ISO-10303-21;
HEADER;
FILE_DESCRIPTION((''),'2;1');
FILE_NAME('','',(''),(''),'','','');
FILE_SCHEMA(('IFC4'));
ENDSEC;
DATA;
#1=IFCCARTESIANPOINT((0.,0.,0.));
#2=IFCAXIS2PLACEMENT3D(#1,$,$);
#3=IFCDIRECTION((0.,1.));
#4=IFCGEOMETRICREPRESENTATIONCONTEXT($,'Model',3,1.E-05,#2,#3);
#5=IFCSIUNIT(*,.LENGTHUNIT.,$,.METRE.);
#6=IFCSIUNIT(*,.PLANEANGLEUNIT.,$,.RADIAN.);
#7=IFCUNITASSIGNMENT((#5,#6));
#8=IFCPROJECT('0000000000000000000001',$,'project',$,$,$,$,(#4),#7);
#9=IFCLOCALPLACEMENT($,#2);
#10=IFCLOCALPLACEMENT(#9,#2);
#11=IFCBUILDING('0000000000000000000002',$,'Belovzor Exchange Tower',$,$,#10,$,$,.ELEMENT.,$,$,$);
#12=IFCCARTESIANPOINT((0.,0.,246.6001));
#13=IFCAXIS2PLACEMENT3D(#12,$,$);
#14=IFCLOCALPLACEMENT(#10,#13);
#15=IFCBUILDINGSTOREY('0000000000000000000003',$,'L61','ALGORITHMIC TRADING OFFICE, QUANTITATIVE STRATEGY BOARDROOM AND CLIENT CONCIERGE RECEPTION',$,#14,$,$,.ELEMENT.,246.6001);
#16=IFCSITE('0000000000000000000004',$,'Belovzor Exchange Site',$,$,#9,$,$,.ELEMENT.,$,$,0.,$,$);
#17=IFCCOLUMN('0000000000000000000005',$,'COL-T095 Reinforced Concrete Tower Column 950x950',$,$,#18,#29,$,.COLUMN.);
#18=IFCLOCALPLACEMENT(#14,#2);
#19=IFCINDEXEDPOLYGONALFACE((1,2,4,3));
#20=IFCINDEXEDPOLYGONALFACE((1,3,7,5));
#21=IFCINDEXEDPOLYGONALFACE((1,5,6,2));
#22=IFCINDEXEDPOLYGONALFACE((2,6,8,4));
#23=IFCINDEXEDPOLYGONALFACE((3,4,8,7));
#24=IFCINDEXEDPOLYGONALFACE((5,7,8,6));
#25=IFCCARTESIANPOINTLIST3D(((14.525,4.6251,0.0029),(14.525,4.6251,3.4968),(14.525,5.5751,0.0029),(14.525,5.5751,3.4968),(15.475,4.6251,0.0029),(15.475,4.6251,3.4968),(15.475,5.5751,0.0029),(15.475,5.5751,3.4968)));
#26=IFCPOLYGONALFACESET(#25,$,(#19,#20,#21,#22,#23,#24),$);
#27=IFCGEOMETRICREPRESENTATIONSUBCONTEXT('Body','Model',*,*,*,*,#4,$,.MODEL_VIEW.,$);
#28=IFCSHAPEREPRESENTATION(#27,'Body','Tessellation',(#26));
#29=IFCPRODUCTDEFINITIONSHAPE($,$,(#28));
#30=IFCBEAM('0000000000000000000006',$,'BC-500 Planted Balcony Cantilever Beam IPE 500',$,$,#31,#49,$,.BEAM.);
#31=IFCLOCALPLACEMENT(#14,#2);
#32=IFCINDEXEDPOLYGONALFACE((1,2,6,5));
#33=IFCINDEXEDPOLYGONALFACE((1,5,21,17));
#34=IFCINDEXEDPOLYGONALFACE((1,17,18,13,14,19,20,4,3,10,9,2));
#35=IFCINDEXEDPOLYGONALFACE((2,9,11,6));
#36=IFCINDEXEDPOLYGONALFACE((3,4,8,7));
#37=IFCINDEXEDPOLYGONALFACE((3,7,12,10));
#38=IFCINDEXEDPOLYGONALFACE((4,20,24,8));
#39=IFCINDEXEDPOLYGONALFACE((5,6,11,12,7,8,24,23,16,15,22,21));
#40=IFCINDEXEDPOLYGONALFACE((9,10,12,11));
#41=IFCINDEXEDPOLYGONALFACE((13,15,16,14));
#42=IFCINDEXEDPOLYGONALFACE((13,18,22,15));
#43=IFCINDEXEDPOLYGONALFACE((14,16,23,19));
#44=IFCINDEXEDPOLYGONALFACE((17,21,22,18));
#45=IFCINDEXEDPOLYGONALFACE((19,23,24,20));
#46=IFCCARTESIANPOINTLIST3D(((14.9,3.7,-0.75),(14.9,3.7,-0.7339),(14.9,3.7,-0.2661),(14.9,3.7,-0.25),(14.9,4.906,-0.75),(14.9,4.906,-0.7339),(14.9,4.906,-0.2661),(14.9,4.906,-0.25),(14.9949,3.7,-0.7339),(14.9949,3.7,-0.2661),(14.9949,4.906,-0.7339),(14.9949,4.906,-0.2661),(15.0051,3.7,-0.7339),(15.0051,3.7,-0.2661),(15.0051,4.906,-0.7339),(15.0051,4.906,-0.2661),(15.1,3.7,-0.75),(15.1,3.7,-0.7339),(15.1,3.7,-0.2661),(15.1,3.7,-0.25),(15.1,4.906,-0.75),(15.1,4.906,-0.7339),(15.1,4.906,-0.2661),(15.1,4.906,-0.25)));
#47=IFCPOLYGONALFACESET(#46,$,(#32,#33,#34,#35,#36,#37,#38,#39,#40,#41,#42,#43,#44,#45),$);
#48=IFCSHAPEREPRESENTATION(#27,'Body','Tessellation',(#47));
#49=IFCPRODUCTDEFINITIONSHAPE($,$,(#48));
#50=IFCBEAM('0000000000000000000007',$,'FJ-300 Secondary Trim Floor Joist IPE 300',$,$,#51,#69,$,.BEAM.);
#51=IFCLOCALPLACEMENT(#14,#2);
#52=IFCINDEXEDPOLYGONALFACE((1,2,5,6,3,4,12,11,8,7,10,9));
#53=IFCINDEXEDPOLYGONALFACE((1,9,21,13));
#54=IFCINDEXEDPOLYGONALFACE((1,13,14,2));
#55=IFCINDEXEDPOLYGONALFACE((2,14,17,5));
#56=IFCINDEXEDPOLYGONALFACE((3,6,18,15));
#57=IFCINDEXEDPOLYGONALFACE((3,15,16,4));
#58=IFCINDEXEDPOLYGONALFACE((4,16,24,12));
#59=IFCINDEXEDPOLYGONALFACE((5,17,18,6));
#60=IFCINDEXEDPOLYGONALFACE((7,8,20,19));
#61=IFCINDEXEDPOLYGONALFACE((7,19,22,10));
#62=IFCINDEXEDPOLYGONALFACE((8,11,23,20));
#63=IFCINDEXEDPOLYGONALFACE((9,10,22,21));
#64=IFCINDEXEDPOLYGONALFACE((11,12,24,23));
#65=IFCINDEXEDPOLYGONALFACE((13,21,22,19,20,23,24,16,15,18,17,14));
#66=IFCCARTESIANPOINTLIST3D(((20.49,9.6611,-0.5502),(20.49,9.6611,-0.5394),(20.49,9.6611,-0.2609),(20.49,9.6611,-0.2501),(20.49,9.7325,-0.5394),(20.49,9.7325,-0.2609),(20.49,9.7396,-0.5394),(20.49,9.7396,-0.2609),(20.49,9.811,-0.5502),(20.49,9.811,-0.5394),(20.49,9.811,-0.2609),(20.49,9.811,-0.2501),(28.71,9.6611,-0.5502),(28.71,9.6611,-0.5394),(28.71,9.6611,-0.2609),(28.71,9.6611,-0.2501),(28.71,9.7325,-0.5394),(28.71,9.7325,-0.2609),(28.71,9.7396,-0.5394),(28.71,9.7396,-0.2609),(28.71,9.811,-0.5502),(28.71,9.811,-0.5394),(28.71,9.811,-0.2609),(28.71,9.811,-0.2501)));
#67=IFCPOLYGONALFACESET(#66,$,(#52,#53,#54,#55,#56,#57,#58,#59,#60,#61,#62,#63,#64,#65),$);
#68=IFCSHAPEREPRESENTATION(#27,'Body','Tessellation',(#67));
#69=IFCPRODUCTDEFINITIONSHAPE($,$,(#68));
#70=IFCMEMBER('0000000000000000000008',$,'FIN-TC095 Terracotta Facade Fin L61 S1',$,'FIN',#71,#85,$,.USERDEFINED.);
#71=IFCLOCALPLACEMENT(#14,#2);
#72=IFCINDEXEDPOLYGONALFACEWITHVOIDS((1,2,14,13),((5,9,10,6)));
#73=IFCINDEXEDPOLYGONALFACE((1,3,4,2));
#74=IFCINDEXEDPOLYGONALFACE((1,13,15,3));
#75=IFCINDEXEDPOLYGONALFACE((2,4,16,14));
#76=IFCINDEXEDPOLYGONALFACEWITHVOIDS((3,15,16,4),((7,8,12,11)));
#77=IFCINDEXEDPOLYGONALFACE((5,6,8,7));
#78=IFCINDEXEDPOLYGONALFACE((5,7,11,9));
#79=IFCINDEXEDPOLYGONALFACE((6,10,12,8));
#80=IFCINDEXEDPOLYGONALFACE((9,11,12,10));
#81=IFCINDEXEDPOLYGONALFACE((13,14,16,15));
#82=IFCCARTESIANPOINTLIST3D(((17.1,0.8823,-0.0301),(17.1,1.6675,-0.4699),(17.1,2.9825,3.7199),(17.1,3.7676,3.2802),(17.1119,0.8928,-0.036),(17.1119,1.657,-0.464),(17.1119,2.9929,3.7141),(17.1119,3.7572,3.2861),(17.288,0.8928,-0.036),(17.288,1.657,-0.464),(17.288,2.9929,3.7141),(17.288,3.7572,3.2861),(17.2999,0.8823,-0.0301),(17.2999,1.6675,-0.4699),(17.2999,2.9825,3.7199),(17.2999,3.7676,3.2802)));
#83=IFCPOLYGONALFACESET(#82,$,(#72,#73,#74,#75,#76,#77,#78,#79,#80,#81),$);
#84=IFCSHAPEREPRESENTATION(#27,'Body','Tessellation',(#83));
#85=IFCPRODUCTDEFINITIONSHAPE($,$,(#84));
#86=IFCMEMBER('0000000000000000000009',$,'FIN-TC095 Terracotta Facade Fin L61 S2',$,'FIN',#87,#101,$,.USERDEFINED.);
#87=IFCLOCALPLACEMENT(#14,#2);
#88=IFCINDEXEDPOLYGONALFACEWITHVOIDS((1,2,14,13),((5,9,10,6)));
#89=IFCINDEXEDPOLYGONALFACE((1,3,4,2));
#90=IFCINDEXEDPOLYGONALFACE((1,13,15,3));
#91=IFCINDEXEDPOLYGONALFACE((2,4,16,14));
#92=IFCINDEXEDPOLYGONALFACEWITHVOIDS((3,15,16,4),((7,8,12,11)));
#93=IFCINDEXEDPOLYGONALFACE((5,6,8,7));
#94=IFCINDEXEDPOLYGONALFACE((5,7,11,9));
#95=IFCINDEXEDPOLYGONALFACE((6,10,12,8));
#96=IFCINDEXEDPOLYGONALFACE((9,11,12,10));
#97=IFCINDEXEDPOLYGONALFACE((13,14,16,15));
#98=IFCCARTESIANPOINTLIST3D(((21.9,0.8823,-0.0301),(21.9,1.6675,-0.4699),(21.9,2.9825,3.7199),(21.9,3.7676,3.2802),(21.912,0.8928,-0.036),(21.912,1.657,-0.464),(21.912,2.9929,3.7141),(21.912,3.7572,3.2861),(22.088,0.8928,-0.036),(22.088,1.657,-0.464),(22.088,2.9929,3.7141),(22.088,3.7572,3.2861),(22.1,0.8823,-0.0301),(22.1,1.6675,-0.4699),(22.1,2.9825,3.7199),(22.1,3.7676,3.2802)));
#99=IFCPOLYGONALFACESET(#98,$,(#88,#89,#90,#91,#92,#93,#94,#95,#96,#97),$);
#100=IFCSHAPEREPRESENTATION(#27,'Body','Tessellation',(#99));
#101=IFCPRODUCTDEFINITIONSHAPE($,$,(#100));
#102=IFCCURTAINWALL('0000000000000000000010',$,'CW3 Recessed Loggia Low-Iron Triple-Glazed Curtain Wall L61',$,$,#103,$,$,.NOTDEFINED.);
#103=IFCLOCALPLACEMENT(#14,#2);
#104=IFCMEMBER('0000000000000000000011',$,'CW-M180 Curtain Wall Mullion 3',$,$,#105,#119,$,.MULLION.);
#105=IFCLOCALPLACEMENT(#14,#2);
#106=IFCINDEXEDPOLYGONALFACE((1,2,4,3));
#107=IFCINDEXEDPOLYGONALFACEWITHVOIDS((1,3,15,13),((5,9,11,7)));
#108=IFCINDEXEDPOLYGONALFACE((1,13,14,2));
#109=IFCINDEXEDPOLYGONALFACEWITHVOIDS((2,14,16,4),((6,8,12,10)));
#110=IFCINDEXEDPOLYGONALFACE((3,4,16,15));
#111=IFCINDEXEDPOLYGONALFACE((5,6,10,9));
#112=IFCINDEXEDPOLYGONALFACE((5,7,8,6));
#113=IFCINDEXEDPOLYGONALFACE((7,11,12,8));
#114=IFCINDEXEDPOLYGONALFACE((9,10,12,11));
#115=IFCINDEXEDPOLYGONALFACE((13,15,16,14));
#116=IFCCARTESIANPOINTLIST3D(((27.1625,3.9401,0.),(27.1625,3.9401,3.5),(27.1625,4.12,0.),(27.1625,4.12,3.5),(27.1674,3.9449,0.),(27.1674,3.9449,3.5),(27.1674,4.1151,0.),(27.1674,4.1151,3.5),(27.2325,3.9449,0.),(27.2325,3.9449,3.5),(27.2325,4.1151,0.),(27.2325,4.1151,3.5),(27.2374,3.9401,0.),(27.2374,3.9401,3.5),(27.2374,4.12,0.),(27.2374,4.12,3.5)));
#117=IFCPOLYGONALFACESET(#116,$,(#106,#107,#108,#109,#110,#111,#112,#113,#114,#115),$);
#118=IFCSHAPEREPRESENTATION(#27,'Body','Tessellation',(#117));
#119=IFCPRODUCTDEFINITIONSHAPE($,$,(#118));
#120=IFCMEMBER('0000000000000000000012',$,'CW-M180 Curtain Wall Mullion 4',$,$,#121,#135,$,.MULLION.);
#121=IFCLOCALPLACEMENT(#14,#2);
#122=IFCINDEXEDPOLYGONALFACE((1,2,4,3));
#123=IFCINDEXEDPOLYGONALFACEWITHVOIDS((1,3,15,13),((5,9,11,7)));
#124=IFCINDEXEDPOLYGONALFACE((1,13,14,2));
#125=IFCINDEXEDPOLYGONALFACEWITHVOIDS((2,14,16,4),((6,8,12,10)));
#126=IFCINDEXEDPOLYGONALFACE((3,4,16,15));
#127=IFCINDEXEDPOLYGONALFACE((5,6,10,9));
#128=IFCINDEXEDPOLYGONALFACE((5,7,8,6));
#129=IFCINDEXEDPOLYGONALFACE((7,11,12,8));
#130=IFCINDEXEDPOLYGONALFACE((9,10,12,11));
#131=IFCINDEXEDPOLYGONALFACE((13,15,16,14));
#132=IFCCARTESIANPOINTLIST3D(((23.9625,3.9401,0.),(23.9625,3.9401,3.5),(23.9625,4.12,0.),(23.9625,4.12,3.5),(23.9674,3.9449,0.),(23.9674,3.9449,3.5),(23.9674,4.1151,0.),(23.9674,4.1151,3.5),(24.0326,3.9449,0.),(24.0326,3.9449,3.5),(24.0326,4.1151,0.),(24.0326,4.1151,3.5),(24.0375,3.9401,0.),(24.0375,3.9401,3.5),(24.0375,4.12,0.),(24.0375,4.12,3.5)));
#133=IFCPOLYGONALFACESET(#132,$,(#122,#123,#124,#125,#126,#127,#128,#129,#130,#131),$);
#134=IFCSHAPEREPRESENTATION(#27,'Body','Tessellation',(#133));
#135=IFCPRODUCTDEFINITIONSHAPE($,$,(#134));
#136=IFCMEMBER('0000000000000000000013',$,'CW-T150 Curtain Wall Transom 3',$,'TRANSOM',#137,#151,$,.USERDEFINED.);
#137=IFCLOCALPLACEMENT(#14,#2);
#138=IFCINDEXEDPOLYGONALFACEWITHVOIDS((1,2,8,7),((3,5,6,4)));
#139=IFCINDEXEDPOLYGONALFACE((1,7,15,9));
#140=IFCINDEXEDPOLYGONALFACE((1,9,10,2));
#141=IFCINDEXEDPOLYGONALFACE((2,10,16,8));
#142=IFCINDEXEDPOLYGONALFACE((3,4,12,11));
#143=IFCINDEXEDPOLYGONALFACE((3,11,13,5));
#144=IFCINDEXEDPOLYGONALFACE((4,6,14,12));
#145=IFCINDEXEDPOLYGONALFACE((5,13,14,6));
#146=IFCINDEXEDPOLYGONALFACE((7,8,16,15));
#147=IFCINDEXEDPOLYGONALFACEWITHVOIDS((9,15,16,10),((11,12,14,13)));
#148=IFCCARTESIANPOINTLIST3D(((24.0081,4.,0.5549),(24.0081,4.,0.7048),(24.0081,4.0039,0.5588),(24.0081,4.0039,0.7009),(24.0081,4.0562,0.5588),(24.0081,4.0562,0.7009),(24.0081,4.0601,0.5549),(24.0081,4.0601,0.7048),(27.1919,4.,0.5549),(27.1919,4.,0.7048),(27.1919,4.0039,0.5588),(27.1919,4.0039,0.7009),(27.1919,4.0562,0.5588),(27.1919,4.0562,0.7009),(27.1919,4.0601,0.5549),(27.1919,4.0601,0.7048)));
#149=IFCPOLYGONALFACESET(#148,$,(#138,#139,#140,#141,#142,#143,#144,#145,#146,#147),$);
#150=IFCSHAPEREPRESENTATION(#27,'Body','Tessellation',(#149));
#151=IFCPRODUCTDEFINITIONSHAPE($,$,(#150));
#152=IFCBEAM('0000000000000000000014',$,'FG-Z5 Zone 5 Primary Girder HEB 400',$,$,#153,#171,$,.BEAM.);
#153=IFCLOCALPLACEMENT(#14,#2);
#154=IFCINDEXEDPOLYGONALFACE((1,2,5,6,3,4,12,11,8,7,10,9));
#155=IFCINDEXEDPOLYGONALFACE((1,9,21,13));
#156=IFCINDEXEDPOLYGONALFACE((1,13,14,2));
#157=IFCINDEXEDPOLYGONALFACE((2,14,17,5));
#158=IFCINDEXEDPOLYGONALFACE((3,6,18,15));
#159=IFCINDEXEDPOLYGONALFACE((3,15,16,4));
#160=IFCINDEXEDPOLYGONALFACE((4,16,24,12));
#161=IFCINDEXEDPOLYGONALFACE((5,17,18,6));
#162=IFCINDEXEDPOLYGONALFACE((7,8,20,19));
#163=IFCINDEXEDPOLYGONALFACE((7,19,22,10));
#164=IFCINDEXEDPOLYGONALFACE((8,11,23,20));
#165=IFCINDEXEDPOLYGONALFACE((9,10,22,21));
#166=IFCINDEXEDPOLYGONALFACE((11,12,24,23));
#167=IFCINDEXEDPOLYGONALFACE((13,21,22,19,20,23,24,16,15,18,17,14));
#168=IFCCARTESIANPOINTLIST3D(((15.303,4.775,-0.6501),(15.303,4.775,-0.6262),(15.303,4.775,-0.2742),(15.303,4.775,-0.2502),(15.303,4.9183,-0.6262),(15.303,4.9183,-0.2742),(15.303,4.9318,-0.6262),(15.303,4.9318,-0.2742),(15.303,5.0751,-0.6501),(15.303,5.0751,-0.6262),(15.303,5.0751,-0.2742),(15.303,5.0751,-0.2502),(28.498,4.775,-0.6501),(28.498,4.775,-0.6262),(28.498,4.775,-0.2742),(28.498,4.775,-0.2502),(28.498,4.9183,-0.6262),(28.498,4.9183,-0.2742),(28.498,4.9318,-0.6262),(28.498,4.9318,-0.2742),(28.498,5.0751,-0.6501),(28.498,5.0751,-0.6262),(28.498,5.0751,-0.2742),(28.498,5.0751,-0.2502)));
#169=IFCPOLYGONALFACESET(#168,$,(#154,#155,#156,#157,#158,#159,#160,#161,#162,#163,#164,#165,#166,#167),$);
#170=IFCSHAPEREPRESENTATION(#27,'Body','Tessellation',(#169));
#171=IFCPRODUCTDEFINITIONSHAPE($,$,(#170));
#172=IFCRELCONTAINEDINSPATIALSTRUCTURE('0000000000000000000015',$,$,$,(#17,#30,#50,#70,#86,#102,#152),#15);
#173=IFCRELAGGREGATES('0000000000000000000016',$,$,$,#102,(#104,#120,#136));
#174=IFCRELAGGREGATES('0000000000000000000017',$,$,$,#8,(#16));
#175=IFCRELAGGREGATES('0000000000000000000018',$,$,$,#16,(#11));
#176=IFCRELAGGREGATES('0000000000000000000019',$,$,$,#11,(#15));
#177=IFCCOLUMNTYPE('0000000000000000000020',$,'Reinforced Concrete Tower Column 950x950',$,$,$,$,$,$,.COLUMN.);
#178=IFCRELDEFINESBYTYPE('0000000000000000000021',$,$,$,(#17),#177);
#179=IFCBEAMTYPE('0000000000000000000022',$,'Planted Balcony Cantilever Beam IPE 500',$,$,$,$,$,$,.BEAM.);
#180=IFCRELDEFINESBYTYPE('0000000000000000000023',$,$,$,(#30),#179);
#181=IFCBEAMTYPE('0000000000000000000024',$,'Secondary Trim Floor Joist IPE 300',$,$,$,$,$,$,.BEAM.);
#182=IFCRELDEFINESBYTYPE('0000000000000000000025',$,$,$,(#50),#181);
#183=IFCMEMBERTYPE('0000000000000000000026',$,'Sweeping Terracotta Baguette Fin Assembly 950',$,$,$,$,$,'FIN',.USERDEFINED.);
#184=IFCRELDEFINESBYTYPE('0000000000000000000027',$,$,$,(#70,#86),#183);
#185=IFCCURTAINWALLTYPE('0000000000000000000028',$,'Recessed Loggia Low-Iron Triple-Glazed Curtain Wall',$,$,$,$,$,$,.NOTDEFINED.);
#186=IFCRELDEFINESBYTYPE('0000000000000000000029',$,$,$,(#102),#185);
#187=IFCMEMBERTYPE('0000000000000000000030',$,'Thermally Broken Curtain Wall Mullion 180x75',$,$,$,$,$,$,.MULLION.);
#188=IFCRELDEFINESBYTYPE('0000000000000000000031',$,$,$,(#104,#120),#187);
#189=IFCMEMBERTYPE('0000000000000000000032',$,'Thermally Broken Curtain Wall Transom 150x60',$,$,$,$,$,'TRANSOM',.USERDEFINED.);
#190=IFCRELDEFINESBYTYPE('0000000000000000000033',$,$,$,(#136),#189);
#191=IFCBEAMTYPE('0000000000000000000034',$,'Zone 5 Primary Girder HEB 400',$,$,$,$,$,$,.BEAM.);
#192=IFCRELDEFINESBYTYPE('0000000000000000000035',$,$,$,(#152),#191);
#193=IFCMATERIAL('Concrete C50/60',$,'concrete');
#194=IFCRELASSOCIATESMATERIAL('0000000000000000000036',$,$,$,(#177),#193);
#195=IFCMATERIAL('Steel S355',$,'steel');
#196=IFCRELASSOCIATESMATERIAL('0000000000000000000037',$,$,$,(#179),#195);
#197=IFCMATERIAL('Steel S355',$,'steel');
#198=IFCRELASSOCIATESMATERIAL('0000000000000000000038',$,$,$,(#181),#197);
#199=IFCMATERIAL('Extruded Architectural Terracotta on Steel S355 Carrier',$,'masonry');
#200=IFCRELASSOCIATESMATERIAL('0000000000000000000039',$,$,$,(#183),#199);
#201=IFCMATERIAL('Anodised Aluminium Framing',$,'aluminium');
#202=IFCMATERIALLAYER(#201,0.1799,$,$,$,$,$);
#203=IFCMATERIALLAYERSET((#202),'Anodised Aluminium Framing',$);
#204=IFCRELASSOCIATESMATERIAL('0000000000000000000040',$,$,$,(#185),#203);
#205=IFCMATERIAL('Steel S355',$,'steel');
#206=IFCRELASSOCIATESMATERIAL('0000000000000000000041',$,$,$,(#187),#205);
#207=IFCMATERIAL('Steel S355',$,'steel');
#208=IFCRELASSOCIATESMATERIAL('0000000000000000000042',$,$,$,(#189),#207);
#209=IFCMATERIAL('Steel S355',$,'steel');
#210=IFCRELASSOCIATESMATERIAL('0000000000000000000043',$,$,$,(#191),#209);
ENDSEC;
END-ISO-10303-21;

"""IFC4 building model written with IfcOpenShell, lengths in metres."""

from ifc_helpers import new_model, si_unit, direction, frame, origin, origin_2d, place, context, subcontext, project, spatial, rectangle, hollow_rectangle, i_section, extrude, material, layer, layer_set, material_profile, profile_set, type_object, element, aggregate, save


model = new_model("IFC4")

# Units and contexts
model_context = context("Model", 3, precision=1e-05, world=origin(), true_north=direction((0.0, 1.0)))
body_context = subcontext(model_context, "Body", "Model", "MODEL_VIEW")
ifc_project = project(units=[si_unit("LENGTHUNIT", "METRE"), si_unit("PLANEANGLEUNIT", "RADIAN")], contexts=[model_context])

# Site, building, storey
site_placement = place(None, origin())
site = spatial("IfcSite", under=ifc_project, at=site_placement, Name="Belovzor Exchange Site", CompositionType="ELEMENT", RefElevation=0.0)
building_placement = place(site_placement, origin())
building = spatial("IfcBuilding", under=site, at=building_placement, Name="Belovzor Exchange Tower", CompositionType="ELEMENT")
storey_placement = place(building_placement, frame((0.0, 0.0, 246.6001)))
storey = spatial("IfcBuildingStorey", under=building, at=storey_placement, Name="L61", Description="ALGORITHMIC TRADING OFFICE, QUANTITATIVE STRATEGY BOARDROOM AND CLIENT CONCIERGE RECEPTION", CompositionType="ELEMENT", Elevation=246.6001)

# Column
ifc_material_1 = material(Name="Concrete C50/60", Category="concrete")
ifc_material_profile_1 = material_profile(ifc_material_1, rectangle(XDim=0.95, YDim=0.95, at=origin_2d()))
ifc_profile_set_1 = profile_set([ifc_material_profile_1], Name="Concrete C50/60")
column_type = type_object("IfcColumnType", Name="Reinforced Concrete Tower Column 950x950", PredefinedType="COLUMN", material=ifc_profile_set_1)
column_placement = place(storey_placement, frame((15.0, 5.1001, 0.0029), z_axis=(0.0, 0.0, 1.0), x_axis=(1.0, 0.0, 0.0)))
element("IfcColumn", 1, at=column_placement, inside=storey, type_object=column_type, Name="COL-T095 Reinforced Concrete Tower Column 950x950", PredefinedType="COLUMN", context=body_context, shape_type="SweptSolid", body=[
    extrude(rectangle(XDim=0.95, YDim=0.95, at=origin_2d()), origin(), (0.0, 0.0, 1.0), 3.4939),
])

# Beams
ifc_material_2 = material(Name="Steel S355", Category="steel")
ifc_material_profile_2 = material_profile(ifc_material_2, i_section(OverallWidth=0.2, OverallDepth=0.5, WebThickness=0.0103, FlangeThickness=0.0161, at=origin_2d()))
ifc_profile_set_2 = profile_set([ifc_material_profile_2], Name="Steel S355")
beam_type_1 = type_object("IfcBeamType", Name="Planted Balcony Cantilever Beam IPE 500", PredefinedType="BEAM", material=ifc_profile_set_2)
beam_1_placement = place(storey_placement, frame((15.0, 4.906, -0.5), z_axis=(0.0, -1.0, 0.0), x_axis=(1.0, 0.0, 0.0)))
element("IfcBeam", 2, at=beam_1_placement, inside=storey, type_object=beam_type_1, Name="BC-500 Planted Balcony Cantilever Beam IPE 500", PredefinedType="BEAM", context=body_context, shape_type="SweptSolid", body=[
    extrude(i_section(OverallWidth=0.2, OverallDepth=0.5, WebThickness=0.0103, FlangeThickness=0.0161, at=origin_2d()), origin(), (0.0, 0.0, 1.0), 1.2061),
])
ifc_material_3 = material(Name="Steel S355", Category="steel")
ifc_material_profile_3 = material_profile(ifc_material_3, i_section(OverallWidth=0.1499, OverallDepth=0.3, WebThickness=0.0071, FlangeThickness=0.0107, at=origin_2d()))
ifc_profile_set_3 = profile_set([ifc_material_profile_3], Name="Steel S355")
beam_type_2 = type_object("IfcBeamType", Name="Secondary Trim Floor Joist IPE 300", PredefinedType="BEAM", material=ifc_profile_set_3)
beam_2_placement = place(storey_placement, frame((20.49, 9.7361, -0.4001), z_axis=(1.0, 0.0, 0.0), x_axis=(0.0, 1.0, 0.0)))
element("IfcBeam", 3, at=beam_2_placement, inside=storey, type_object=beam_type_2, Name="FJ-300 Secondary Trim Floor Joist IPE 300", PredefinedType="BEAM", context=body_context, shape_type="SweptSolid", body=[
    extrude(i_section(OverallWidth=0.1499, OverallDepth=0.3, WebThickness=0.0071, FlangeThickness=0.0107, at=origin_2d()), origin(), (0.0, 0.0, 1.0), 8.22),
])

# Members
ifc_material_4 = material(Name="Extruded Architectural Terracotta on Steel S355 Carrier", Category="masonry")
ifc_material_profile_4 = material_profile(ifc_material_4, hollow_rectangle(XDim=0.2, YDim=0.8999, WallThickness=0.012, at=origin_2d()))
ifc_profile_set_4 = profile_set([ifc_material_profile_4], Name="Extruded Architectural Terracotta on Steel S355 Carrier")
member_type_1 = type_object("IfcMemberType", Name="Sweeping Terracotta Baguette Fin Assembly 950", ElementType="FIN", PredefinedType="USERDEFINED", material=ifc_profile_set_4)
for number, where, z_axis, x_axis, name in (
    (4, (17.2, 1.2749, -0.25), (0.0, 0.488621, 0.872496), (-1.0, 0.0, 0.0), "FIN-TC095 Terracotta Facade Fin L61 S1"),
    (5, (22.0, 1.2749, -0.25), (0.0, 0.488621, 0.872496), (-1.0, 0.0, 0.0), "FIN-TC095 Terracotta Facade Fin L61 S2"),
):
    element("IfcMember", number, at=place(storey_placement, frame(where, z_axis=z_axis, x_axis=x_axis)), inside=storey, type_object=member_type_1, Name=name, ObjectType="FIN", PredefinedType="USERDEFINED", context=body_context, shape_type="SweptSolid", body=[
        extrude(hollow_rectangle(XDim=0.2, YDim=0.8999, WallThickness=0.012, at=origin_2d()), origin(), (0.0, 0.0, 1.0), 4.2981),
    ])

# Curtain wall, members
ifc_material_5 = material(Name="Anodised Aluminium Framing", Category="aluminium")
ifc_layer_1 = layer(ifc_material_5, 0.1799)
ifc_layer_set_1 = layer_set([ifc_layer_1], Name="Anodised Aluminium Framing")
curtain_wall_type = type_object("IfcCurtainWallType", Name="Recessed Loggia Low-Iron Triple-Glazed Curtain Wall", PredefinedType="NOTDEFINED", material=ifc_layer_set_1)
curtain_wall_placement = place(storey_placement, origin())
curtain_wall = element("IfcCurtainWall", 6, at=curtain_wall_placement, inside=storey, type_object=curtain_wall_type, Name="CW3 Recessed Loggia Low-Iron Triple-Glazed Curtain Wall L61", PredefinedType="NOTDEFINED")
ifc_material_6 = material(Name="Steel S355", Category="steel")
ifc_material_profile_5 = material_profile(ifc_material_6, hollow_rectangle(XDim=0.075, YDim=0.1799, WallThickness=0.0049, at=origin_2d()))
ifc_profile_set_5 = profile_set([ifc_material_profile_5], Name="Steel S355")
member_type_2 = type_object("IfcMemberType", Name="Thermally Broken Curtain Wall Mullion 180x75", PredefinedType="MULLION", material=ifc_profile_set_5)
member_1_placement = place(storey_placement, frame((27.2, 4.03, 0.0), z_axis=(0.0, 0.0, 1.0), x_axis=(-1.0, 0.0, 0.0)))
member_1 = element("IfcMember", 7, at=member_1_placement, type_object=member_type_2, Name="CW-M180 Curtain Wall Mullion 3", PredefinedType="MULLION", context=body_context, shape_type="SweptSolid", body=[
    extrude(hollow_rectangle(XDim=0.075, YDim=0.1799, WallThickness=0.0049, at=origin_2d()), origin(), (0.0, 0.0, 1.0), 3.5),
])
member_2_placement = place(storey_placement, frame((24.0, 4.03, 0.0), z_axis=(0.0, 0.0, 1.0), x_axis=(-1.0, 0.0, 0.0)))
member_2 = element("IfcMember", 8, at=member_2_placement, type_object=member_type_2, Name="CW-M180 Curtain Wall Mullion 4", PredefinedType="MULLION", context=body_context, shape_type="SweptSolid", body=[
    extrude(hollow_rectangle(XDim=0.075, YDim=0.1799, WallThickness=0.0049, at=origin_2d()), origin(), (0.0, 0.0, 1.0), 3.5),
])
ifc_material_7 = material(Name="Steel S355", Category="steel")
ifc_material_profile_6 = material_profile(ifc_material_7, hollow_rectangle(XDim=0.0601, YDim=0.1499, WallThickness=0.0039, at=origin_2d()))
ifc_profile_set_6 = profile_set([ifc_material_profile_6], Name="Steel S355")
member_type_3 = type_object("IfcMemberType", Name="Thermally Broken Curtain Wall Transom 150x60", ElementType="TRANSOM", PredefinedType="USERDEFINED", material=ifc_profile_set_6)
member_3_placement = place(storey_placement, frame((27.1919, 4.03, 0.6299), z_axis=(-1.0, 0.0, 0.0), x_axis=(0.0, -1.0, 0.0)))
member_3 = element("IfcMember", 9, at=member_3_placement, type_object=member_type_3, Name="CW-T150 Curtain Wall Transom 3", ObjectType="TRANSOM", PredefinedType="USERDEFINED", context=body_context, shape_type="SweptSolid", body=[
    extrude(hollow_rectangle(XDim=0.0601, YDim=0.1499, WallThickness=0.0039, at=origin_2d()), origin(), (0.0, 0.0, 1.0), 3.1838),
])

# Beam
ifc_material_8 = material(Name="Steel S355", Category="steel")
ifc_material_profile_7 = material_profile(ifc_material_8, i_section(OverallWidth=0.3, OverallDepth=0.3999, WebThickness=0.0134, FlangeThickness=0.0239, at=origin_2d()))
ifc_profile_set_7 = profile_set([ifc_material_profile_7], Name="Steel S355")
beam_type_3 = type_object("IfcBeamType", Name="Zone 5 Primary Girder HEB 400", PredefinedType="BEAM", material=ifc_profile_set_7)
beam_3_placement = place(storey_placement, frame((15.303, 4.925, -0.4502), z_axis=(1.0, 0.0, 0.0), x_axis=(0.0, 1.0, 0.0)))
element("IfcBeam", 10, at=beam_3_placement, inside=storey, type_object=beam_type_3, Name="FG-Z5 Zone 5 Primary Girder HEB 400", PredefinedType="BEAM", context=body_context, shape_type="SweptSolid", body=[
    extrude(i_section(OverallWidth=0.3, OverallDepth=0.3999, WebThickness=0.0134, FlangeThickness=0.0239, at=origin_2d()), origin(), (0.0, 0.0, 1.0), 13.1951),
])

aggregate(curtain_wall, [member_1, member_2, member_3])

save(model, "model.ifc")
